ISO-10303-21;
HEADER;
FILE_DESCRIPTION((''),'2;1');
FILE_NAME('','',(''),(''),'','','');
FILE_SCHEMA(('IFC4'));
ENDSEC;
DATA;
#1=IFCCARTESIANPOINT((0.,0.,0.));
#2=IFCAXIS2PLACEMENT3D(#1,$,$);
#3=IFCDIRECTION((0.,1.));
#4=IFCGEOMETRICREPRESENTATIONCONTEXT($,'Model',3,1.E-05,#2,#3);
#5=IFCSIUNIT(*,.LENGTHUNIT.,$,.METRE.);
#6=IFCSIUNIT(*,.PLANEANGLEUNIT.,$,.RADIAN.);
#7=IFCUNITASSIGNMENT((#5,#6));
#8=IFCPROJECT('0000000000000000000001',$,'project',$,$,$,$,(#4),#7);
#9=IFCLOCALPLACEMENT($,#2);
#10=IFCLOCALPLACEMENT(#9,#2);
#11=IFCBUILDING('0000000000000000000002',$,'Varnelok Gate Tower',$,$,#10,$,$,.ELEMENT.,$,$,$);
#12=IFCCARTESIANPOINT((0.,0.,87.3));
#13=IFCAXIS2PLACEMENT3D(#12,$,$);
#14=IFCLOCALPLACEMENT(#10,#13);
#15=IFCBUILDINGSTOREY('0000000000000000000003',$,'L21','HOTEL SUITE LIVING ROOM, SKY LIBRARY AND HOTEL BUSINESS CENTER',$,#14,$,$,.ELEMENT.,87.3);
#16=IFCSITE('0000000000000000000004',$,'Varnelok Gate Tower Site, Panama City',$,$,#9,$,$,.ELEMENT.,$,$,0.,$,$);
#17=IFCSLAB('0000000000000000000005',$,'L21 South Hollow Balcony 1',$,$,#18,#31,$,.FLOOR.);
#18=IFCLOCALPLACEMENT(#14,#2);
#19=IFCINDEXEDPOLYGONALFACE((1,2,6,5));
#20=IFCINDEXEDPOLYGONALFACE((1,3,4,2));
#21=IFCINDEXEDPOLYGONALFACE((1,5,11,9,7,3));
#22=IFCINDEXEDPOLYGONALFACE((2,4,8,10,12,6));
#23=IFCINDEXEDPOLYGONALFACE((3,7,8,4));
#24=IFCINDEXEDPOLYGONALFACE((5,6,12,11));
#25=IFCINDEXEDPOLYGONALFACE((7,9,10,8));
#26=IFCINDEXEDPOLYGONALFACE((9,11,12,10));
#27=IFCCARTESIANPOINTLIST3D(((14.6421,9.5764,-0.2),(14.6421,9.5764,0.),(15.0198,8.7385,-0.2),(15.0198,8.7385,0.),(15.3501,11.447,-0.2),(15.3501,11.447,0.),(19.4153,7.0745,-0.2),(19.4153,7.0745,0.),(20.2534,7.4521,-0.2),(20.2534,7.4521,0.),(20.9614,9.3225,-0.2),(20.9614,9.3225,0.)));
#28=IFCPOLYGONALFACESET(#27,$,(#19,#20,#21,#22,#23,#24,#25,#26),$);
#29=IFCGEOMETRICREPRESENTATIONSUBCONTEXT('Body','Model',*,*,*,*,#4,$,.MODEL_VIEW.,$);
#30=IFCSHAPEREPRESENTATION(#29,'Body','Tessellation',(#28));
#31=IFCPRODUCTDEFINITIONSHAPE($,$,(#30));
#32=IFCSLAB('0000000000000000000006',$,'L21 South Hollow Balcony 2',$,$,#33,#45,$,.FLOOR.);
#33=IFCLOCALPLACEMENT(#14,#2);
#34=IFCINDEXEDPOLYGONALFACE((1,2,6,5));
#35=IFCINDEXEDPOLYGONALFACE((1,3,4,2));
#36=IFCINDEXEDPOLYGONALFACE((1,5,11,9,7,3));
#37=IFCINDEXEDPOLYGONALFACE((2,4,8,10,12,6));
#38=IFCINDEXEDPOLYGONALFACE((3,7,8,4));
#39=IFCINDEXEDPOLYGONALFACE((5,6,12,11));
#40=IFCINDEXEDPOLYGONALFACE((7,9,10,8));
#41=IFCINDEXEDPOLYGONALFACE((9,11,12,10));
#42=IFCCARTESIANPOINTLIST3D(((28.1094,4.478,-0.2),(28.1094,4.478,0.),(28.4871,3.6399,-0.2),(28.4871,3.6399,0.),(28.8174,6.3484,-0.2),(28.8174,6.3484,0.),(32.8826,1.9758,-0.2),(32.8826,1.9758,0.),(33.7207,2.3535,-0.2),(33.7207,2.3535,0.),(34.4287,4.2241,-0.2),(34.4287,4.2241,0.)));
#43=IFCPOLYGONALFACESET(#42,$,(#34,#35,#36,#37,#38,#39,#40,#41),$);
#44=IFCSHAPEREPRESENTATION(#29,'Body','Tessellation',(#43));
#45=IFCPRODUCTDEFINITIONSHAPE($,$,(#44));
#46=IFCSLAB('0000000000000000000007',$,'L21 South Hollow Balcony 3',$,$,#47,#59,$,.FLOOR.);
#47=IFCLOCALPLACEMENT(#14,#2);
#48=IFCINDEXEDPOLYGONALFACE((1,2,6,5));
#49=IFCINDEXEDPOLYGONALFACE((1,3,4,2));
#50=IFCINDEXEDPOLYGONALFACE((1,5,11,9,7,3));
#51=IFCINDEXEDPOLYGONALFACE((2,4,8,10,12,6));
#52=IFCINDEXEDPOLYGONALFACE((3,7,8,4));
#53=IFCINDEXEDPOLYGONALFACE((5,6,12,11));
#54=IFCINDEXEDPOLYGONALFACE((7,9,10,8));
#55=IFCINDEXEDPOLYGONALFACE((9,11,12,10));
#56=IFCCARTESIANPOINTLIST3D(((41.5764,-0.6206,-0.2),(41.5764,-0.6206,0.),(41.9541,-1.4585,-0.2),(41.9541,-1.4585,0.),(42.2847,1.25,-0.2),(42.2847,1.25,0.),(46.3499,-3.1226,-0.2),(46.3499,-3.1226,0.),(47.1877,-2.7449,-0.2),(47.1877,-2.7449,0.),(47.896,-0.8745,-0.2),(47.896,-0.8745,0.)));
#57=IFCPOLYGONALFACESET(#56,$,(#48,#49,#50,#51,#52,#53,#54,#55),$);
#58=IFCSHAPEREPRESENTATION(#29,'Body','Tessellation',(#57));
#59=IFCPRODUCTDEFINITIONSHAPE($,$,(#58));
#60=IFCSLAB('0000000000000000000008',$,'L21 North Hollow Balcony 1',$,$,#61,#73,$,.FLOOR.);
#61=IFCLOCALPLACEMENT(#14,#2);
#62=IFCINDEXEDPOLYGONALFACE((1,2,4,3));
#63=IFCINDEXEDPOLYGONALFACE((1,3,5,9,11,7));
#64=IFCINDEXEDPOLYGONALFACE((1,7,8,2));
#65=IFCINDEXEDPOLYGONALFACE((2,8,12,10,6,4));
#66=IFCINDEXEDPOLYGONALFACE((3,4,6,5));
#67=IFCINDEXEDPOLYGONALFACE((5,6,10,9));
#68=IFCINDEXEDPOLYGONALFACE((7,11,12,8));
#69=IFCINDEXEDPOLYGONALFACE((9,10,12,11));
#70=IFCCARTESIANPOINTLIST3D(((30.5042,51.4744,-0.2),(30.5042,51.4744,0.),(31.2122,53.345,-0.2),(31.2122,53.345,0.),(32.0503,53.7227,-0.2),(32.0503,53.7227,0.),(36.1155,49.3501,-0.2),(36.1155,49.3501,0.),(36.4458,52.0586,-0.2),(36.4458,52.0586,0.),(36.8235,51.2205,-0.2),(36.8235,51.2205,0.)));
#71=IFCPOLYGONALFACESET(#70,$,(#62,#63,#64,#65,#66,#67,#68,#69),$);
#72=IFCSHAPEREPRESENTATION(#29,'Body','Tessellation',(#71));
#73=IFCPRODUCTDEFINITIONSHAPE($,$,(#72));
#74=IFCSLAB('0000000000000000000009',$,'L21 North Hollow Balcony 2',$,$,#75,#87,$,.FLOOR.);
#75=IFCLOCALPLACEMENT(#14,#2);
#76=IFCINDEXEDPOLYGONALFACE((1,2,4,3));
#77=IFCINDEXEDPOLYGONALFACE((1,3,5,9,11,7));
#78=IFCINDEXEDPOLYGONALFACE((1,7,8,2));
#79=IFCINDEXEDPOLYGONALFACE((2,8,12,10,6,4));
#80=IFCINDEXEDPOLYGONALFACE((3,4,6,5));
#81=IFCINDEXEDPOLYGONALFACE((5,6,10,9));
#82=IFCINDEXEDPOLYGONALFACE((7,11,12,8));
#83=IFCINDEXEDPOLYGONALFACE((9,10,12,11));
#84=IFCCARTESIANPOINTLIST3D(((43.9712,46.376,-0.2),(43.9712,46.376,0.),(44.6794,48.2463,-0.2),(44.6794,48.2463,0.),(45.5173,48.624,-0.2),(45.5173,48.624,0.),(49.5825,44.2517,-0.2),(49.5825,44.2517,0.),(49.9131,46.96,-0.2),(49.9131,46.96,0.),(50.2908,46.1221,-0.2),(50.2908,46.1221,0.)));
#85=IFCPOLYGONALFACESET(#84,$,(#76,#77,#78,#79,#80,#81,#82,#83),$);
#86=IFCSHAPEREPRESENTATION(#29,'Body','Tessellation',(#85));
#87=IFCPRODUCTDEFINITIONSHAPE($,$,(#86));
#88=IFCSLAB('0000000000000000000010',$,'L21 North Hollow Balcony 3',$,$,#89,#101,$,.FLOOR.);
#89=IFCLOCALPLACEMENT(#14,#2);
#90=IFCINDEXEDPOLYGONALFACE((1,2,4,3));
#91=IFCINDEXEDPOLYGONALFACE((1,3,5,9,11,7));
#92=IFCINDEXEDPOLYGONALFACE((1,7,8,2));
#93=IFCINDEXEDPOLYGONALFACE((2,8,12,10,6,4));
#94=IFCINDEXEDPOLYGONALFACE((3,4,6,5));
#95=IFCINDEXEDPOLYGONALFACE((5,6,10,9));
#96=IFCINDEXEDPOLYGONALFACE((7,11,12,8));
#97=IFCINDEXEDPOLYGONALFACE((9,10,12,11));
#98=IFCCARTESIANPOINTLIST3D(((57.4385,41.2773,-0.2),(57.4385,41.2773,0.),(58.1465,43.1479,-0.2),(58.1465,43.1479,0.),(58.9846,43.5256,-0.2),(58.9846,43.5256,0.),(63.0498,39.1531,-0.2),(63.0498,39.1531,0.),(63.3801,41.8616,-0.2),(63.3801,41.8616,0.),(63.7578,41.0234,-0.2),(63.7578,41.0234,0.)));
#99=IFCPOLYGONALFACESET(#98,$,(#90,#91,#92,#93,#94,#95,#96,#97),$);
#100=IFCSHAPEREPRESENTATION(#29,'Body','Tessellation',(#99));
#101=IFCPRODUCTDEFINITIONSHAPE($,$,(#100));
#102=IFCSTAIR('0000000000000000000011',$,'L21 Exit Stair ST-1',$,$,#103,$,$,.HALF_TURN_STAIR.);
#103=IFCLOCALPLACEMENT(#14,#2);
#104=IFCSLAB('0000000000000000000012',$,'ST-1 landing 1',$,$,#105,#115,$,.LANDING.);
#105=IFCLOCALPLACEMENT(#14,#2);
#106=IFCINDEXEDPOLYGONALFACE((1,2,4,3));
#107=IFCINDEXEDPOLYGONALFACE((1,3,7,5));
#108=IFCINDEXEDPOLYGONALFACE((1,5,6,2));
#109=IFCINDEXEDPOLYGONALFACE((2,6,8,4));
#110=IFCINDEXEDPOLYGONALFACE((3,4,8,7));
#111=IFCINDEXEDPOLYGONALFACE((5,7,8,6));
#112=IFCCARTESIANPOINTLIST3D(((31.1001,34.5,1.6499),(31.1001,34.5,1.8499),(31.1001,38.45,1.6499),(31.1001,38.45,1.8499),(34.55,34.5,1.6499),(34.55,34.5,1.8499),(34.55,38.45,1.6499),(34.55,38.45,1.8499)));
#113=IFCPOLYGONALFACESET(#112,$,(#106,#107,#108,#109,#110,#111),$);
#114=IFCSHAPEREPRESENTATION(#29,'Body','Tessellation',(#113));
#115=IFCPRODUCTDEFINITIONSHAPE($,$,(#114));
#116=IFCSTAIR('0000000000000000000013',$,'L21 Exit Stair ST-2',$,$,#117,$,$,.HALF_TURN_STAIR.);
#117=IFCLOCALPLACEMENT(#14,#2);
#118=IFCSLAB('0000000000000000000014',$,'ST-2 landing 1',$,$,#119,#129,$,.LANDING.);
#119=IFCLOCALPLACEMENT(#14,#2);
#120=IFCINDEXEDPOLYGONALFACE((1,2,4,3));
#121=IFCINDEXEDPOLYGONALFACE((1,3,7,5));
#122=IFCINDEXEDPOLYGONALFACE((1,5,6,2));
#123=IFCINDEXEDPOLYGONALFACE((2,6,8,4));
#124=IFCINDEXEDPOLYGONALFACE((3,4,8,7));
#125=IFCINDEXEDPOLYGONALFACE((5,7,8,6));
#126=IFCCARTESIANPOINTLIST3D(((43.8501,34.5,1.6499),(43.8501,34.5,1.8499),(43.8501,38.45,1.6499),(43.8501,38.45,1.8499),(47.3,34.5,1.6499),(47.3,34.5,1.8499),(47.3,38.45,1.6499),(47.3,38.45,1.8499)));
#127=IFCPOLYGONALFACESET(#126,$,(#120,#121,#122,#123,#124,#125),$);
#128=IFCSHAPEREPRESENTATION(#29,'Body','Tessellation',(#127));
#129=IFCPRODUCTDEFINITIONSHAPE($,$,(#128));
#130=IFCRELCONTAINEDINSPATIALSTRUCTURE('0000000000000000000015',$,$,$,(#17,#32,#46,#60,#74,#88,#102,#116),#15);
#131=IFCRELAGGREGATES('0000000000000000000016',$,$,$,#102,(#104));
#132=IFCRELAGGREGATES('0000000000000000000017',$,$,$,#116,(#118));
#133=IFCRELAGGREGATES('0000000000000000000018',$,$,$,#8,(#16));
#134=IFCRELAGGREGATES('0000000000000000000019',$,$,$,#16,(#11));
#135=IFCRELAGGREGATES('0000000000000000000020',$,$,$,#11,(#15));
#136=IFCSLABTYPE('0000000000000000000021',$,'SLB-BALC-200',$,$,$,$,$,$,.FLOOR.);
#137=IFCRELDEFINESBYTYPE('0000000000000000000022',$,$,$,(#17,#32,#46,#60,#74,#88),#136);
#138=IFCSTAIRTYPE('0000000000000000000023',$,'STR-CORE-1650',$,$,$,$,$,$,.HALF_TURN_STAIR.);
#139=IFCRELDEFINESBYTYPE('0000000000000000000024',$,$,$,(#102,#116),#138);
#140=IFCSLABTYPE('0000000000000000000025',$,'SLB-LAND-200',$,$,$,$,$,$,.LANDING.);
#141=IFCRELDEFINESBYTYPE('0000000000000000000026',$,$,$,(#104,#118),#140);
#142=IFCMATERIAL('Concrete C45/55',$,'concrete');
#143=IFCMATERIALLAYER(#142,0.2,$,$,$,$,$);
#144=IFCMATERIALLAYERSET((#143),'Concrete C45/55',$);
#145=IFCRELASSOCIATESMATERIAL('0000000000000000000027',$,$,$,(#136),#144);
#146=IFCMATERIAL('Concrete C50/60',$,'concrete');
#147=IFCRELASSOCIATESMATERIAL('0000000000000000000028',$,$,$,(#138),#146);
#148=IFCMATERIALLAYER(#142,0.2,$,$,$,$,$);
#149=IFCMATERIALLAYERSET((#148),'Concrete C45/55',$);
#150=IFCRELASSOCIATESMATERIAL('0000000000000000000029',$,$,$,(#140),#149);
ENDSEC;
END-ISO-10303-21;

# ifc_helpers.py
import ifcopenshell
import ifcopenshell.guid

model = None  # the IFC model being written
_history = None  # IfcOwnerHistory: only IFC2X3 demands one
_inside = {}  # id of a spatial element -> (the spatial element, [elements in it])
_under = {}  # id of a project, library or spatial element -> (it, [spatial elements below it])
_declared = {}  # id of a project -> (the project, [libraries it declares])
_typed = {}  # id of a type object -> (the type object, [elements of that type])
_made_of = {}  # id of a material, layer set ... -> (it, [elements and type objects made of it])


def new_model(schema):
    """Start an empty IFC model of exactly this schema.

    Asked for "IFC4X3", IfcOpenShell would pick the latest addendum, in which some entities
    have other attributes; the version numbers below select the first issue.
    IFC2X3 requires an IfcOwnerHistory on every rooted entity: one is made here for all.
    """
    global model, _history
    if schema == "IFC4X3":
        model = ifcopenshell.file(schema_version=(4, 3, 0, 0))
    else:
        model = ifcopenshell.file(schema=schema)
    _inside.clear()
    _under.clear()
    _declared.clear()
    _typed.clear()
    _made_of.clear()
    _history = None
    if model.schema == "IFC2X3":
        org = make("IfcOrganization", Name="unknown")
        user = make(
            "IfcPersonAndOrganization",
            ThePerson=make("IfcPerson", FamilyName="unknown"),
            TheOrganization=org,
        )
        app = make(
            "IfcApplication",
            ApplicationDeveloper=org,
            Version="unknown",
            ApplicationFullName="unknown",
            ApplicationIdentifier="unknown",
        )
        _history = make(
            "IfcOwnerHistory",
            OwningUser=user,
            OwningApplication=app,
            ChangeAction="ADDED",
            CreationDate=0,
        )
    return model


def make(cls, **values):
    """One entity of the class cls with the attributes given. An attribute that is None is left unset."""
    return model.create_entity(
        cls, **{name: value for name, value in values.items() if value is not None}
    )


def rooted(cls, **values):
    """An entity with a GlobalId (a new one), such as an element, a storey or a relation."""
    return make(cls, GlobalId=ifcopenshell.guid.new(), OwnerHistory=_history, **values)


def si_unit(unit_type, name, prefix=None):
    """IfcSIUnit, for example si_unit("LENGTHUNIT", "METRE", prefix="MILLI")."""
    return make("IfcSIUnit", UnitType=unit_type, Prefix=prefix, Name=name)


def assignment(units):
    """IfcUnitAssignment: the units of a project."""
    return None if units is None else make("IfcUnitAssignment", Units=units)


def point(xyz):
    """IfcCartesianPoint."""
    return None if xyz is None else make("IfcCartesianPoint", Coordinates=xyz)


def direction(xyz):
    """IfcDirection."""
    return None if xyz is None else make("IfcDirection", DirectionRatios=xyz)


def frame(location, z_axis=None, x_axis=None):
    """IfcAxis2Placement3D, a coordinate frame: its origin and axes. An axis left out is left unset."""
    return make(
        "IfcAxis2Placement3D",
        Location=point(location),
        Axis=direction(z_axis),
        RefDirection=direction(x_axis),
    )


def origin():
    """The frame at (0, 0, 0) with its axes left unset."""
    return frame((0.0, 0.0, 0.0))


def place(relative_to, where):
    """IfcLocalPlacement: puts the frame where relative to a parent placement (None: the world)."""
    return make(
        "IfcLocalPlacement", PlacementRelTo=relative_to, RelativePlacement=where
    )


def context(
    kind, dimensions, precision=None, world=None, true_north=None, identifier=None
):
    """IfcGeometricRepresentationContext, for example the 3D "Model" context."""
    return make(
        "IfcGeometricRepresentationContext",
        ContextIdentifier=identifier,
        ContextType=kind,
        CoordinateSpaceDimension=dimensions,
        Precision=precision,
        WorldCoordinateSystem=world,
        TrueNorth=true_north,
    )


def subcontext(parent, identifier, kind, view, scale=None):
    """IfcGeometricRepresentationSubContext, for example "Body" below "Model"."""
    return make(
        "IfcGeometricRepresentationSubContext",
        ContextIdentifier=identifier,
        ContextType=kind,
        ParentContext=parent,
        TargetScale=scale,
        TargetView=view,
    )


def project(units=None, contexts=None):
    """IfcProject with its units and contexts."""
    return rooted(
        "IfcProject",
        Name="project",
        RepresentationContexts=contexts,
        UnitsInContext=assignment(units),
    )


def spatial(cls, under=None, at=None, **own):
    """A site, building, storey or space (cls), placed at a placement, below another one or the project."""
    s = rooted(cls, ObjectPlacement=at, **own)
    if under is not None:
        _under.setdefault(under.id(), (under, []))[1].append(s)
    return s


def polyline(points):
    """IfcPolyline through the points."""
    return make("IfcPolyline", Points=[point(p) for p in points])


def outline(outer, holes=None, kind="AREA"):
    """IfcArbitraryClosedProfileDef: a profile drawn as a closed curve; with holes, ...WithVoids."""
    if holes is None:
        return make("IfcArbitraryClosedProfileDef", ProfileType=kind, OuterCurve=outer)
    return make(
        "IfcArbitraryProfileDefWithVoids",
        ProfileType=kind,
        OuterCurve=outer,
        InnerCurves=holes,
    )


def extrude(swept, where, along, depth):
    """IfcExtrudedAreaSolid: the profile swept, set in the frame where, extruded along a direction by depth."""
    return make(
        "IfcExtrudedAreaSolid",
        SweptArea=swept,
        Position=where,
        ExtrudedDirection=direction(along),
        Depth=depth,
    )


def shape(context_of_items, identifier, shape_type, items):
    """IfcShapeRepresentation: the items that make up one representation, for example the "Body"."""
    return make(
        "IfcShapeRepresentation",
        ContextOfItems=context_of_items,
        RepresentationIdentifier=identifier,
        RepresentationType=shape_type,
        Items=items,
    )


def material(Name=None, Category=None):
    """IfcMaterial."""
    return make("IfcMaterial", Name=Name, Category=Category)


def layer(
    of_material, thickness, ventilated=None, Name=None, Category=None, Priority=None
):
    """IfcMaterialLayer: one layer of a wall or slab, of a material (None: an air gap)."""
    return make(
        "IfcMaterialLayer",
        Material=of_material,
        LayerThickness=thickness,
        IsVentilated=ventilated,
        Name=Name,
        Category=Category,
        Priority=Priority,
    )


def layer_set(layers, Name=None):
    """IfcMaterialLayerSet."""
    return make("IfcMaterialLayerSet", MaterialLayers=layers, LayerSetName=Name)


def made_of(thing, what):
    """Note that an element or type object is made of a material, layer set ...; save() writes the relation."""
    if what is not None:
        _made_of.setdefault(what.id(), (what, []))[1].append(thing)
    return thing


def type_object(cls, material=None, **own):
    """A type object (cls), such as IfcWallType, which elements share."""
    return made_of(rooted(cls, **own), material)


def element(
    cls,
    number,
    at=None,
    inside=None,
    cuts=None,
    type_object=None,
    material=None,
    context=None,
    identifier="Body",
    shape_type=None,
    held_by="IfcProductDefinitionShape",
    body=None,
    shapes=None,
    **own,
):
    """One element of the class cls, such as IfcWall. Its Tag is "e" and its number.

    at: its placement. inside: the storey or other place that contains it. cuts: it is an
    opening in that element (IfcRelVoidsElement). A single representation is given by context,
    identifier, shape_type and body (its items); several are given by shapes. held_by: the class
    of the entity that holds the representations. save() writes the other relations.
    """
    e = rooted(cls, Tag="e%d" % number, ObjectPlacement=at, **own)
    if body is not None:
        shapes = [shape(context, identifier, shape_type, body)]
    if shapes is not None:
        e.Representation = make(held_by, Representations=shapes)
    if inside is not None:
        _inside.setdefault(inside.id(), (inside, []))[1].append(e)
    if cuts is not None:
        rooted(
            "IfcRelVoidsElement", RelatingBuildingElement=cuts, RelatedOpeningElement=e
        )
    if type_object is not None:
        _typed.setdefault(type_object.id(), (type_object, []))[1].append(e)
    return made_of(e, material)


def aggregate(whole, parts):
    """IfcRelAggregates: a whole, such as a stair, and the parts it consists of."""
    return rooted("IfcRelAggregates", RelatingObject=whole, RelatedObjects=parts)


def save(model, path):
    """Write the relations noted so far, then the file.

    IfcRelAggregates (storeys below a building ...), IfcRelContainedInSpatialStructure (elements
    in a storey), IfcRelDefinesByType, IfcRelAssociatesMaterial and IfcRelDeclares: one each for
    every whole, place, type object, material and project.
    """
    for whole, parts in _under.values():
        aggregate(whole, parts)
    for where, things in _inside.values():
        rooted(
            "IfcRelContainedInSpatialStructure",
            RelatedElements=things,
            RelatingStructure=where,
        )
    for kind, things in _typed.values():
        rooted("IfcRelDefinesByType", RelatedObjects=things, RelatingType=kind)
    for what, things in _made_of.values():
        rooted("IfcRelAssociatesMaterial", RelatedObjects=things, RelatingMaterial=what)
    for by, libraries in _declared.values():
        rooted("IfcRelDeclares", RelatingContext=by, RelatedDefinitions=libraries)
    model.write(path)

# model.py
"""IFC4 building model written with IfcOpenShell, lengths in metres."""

from ifc_helpers import new_model, si_unit, direction, frame, origin, place, context, subcontext, project, spatial, polyline, outline, extrude, material, layer, layer_set, type_object, element, aggregate, save


model = new_model("IFC4")

# Units and contexts
model_context = context("Model", 3, precision=1e-05, world=origin(), true_north=direction((0.0, 1.0)))
body_context = subcontext(model_context, "Body", "Model", "MODEL_VIEW")
ifc_project = project(units=[si_unit("LENGTHUNIT", "METRE"), si_unit("PLANEANGLEUNIT", "RADIAN")], contexts=[model_context])

# Site, building, storey
site_placement = place(None, origin())
site = spatial("IfcSite", under=ifc_project, at=site_placement, Name="Varnelok Gate Tower Site, Panama City", CompositionType="ELEMENT", RefElevation=0.0)
building_placement = place(site_placement, origin())
building = spatial("IfcBuilding", under=site, at=building_placement, Name="Varnelok Gate Tower", CompositionType="ELEMENT")
storey_placement = place(building_placement, frame((0.0, 0.0, 87.3)))
storey = spatial("IfcBuildingStorey", under=building, at=storey_placement, Name="L21", Description="HOTEL SUITE LIVING ROOM, SKY LIBRARY AND HOTEL BUSINESS CENTER", CompositionType="ELEMENT", Elevation=87.3)

# Slabs
ifc_material_1 = material(Name="Concrete C45/55", Category="concrete")
ifc_layer_1 = layer(ifc_material_1, 0.2)
ifc_layer_set_1 = layer_set([ifc_layer_1], Name="Concrete C45/55")
slab_type_1 = type_object("IfcSlabType", Name="SLB-BALC-200", PredefinedType="FLOOR", material=ifc_layer_set_1)
slab_1_placement = place(storey_placement, frame((0.0, 0.0, -0.2)))
element("IfcSlab", 1, at=slab_1_placement, inside=storey, type_object=slab_type_1, Name="L21 South Hollow Balcony 1", PredefinedType="FLOOR", context=body_context, shape_type="SweptSolid", body=[
    extrude(outline(polyline([(14.6421, 9.5764), (15.0198, 8.7385), (19.4153, 7.0745), (20.2534, 7.4521), (20.9614, 9.3225), (15.3501, 11.447), (14.6421, 9.5764)])), origin(), (0.0, 0.0, 1.0), 0.2),
])
slab_2_placement = place(storey_placement, frame((0.0, 0.0, -0.2)))
element("IfcSlab", 2, at=slab_2_placement, inside=storey, type_object=slab_type_1, Name="L21 South Hollow Balcony 2", PredefinedType="FLOOR", context=body_context, shape_type="SweptSolid", body=[
    extrude(outline(polyline([(28.1094, 4.478), (28.4871, 3.6399), (32.8826, 1.9758), (33.7207, 2.3535), (34.4287, 4.2241), (28.8174, 6.3484), (28.1094, 4.478)])), origin(), (0.0, 0.0, 1.0), 0.2),
])
slab_3_placement = place(storey_placement, frame((0.0, 0.0, -0.2)))
element("IfcSlab", 3, at=slab_3_placement, inside=storey, type_object=slab_type_1, Name="L21 South Hollow Balcony 3", PredefinedType="FLOOR", context=body_context, shape_type="SweptSolid", body=[
    extrude(outline(polyline([(41.5764, -0.6206), (41.9541, -1.4585), (46.3499, -3.1226), (47.1877, -2.7449), (47.896, -0.8745), (42.2847, 1.25), (41.5764, -0.6206)])), origin(), (0.0, 0.0, 1.0), 0.2),
])
slab_4_placement = place(storey_placement, frame((0.0, 0.0, -0.2)))
element("IfcSlab", 4, at=slab_4_placement, inside=storey, type_object=slab_type_1, Name="L21 North Hollow Balcony 1", PredefinedType="FLOOR", context=body_context, shape_type="SweptSolid", body=[
    extrude(outline(polyline([(30.5042, 51.4744), (36.1155, 49.3501), (36.8235, 51.2205), (36.4458, 52.0586), (32.0503, 53.7227), (31.2122, 53.345), (30.5042, 51.4744)])), origin(), (0.0, 0.0, 1.0), 0.2),
])
slab_5_placement = place(storey_placement, frame((0.0, 0.0, -0.2)))
element("IfcSlab", 5, at=slab_5_placement, inside=storey, type_object=slab_type_1, Name="L21 North Hollow Balcony 2", PredefinedType="FLOOR", context=body_context, shape_type="SweptSolid", body=[
    extrude(outline(polyline([(43.9712, 46.376), (49.5825, 44.2517), (50.2908, 46.1221), (49.9131, 46.96), (45.5173, 48.624), (44.6794, 48.2463), (43.9712, 46.376)])), origin(), (0.0, 0.0, 1.0), 0.2),
])
slab_6_placement = place(storey_placement, frame((0.0, 0.0, -0.2)))
element("IfcSlab", 6, at=slab_6_placement, inside=storey, type_object=slab_type_1, Name="L21 North Hollow Balcony 3", PredefinedType="FLOOR", context=body_context, shape_type="SweptSolid", body=[
    extrude(outline(polyline([(57.4385, 41.2773), (63.0498, 39.1531), (63.7578, 41.0234), (63.3801, 41.8616), (58.9846, 43.5256), (58.1465, 43.1479), (57.4385, 41.2773)])), origin(), (0.0, 0.0, 1.0), 0.2),
])

# Stairs, slabs
ifc_material_2 = material(Name="Concrete C50/60", Category="concrete")
stair_type = type_object("IfcStairType", Name="STR-CORE-1650", PredefinedType="HALF_TURN_STAIR", material=ifc_material_2)
stair_1_placement = place(storey_placement, origin())
stair_1 = element("IfcStair", 7, at=stair_1_placement, inside=storey, type_object=stair_type, Name="L21 Exit Stair ST-1", PredefinedType="HALF_TURN_STAIR")
ifc_layer_2 = layer(ifc_material_1, 0.2)
ifc_layer_set_2 = layer_set([ifc_layer_2], Name="Concrete C45/55")
slab_type_2 = type_object("IfcSlabType", Name="SLB-LAND-200", PredefinedType="LANDING", material=ifc_layer_set_2)
slab_7_placement = place(storey_placement, frame((0.0, 0.0, 1.6499)))
slab_7 = element("IfcSlab", 8, at=slab_7_placement, type_object=slab_type_2, Name="ST-1 landing 1", PredefinedType="LANDING", context=body_context, shape_type="SweptSolid", body=[
    extrude(outline(polyline([(34.55, 34.5), (34.55, 38.45), (31.1001, 38.45), (31.1001, 34.5), (34.55, 34.5)])), origin(), (0.0, 0.0, 1.0), 0.2),
])
aggregate(stair_1, [slab_7])
stair_2_placement = place(storey_placement, origin())
stair_2 = element("IfcStair", 9, at=stair_2_placement, inside=storey, type_object=stair_type, Name="L21 Exit Stair ST-2", PredefinedType="HALF_TURN_STAIR")
slab_8_placement = place(storey_placement, frame((0.0, 0.0, 1.6499)))
slab_8 = element("IfcSlab", 10, at=slab_8_placement, type_object=slab_type_2, Name="ST-2 landing 1", PredefinedType="LANDING", context=body_context, shape_type="SweptSolid", body=[
    extrude(outline(polyline([(47.3, 34.5), (47.3, 38.45), (43.8501, 38.45), (43.8501, 34.5), (47.3, 34.5)])), origin(), (0.0, 0.0, 1.0), 0.2),
])
aggregate(stair_2, [slab_8])

save(model, "model.ifc")
